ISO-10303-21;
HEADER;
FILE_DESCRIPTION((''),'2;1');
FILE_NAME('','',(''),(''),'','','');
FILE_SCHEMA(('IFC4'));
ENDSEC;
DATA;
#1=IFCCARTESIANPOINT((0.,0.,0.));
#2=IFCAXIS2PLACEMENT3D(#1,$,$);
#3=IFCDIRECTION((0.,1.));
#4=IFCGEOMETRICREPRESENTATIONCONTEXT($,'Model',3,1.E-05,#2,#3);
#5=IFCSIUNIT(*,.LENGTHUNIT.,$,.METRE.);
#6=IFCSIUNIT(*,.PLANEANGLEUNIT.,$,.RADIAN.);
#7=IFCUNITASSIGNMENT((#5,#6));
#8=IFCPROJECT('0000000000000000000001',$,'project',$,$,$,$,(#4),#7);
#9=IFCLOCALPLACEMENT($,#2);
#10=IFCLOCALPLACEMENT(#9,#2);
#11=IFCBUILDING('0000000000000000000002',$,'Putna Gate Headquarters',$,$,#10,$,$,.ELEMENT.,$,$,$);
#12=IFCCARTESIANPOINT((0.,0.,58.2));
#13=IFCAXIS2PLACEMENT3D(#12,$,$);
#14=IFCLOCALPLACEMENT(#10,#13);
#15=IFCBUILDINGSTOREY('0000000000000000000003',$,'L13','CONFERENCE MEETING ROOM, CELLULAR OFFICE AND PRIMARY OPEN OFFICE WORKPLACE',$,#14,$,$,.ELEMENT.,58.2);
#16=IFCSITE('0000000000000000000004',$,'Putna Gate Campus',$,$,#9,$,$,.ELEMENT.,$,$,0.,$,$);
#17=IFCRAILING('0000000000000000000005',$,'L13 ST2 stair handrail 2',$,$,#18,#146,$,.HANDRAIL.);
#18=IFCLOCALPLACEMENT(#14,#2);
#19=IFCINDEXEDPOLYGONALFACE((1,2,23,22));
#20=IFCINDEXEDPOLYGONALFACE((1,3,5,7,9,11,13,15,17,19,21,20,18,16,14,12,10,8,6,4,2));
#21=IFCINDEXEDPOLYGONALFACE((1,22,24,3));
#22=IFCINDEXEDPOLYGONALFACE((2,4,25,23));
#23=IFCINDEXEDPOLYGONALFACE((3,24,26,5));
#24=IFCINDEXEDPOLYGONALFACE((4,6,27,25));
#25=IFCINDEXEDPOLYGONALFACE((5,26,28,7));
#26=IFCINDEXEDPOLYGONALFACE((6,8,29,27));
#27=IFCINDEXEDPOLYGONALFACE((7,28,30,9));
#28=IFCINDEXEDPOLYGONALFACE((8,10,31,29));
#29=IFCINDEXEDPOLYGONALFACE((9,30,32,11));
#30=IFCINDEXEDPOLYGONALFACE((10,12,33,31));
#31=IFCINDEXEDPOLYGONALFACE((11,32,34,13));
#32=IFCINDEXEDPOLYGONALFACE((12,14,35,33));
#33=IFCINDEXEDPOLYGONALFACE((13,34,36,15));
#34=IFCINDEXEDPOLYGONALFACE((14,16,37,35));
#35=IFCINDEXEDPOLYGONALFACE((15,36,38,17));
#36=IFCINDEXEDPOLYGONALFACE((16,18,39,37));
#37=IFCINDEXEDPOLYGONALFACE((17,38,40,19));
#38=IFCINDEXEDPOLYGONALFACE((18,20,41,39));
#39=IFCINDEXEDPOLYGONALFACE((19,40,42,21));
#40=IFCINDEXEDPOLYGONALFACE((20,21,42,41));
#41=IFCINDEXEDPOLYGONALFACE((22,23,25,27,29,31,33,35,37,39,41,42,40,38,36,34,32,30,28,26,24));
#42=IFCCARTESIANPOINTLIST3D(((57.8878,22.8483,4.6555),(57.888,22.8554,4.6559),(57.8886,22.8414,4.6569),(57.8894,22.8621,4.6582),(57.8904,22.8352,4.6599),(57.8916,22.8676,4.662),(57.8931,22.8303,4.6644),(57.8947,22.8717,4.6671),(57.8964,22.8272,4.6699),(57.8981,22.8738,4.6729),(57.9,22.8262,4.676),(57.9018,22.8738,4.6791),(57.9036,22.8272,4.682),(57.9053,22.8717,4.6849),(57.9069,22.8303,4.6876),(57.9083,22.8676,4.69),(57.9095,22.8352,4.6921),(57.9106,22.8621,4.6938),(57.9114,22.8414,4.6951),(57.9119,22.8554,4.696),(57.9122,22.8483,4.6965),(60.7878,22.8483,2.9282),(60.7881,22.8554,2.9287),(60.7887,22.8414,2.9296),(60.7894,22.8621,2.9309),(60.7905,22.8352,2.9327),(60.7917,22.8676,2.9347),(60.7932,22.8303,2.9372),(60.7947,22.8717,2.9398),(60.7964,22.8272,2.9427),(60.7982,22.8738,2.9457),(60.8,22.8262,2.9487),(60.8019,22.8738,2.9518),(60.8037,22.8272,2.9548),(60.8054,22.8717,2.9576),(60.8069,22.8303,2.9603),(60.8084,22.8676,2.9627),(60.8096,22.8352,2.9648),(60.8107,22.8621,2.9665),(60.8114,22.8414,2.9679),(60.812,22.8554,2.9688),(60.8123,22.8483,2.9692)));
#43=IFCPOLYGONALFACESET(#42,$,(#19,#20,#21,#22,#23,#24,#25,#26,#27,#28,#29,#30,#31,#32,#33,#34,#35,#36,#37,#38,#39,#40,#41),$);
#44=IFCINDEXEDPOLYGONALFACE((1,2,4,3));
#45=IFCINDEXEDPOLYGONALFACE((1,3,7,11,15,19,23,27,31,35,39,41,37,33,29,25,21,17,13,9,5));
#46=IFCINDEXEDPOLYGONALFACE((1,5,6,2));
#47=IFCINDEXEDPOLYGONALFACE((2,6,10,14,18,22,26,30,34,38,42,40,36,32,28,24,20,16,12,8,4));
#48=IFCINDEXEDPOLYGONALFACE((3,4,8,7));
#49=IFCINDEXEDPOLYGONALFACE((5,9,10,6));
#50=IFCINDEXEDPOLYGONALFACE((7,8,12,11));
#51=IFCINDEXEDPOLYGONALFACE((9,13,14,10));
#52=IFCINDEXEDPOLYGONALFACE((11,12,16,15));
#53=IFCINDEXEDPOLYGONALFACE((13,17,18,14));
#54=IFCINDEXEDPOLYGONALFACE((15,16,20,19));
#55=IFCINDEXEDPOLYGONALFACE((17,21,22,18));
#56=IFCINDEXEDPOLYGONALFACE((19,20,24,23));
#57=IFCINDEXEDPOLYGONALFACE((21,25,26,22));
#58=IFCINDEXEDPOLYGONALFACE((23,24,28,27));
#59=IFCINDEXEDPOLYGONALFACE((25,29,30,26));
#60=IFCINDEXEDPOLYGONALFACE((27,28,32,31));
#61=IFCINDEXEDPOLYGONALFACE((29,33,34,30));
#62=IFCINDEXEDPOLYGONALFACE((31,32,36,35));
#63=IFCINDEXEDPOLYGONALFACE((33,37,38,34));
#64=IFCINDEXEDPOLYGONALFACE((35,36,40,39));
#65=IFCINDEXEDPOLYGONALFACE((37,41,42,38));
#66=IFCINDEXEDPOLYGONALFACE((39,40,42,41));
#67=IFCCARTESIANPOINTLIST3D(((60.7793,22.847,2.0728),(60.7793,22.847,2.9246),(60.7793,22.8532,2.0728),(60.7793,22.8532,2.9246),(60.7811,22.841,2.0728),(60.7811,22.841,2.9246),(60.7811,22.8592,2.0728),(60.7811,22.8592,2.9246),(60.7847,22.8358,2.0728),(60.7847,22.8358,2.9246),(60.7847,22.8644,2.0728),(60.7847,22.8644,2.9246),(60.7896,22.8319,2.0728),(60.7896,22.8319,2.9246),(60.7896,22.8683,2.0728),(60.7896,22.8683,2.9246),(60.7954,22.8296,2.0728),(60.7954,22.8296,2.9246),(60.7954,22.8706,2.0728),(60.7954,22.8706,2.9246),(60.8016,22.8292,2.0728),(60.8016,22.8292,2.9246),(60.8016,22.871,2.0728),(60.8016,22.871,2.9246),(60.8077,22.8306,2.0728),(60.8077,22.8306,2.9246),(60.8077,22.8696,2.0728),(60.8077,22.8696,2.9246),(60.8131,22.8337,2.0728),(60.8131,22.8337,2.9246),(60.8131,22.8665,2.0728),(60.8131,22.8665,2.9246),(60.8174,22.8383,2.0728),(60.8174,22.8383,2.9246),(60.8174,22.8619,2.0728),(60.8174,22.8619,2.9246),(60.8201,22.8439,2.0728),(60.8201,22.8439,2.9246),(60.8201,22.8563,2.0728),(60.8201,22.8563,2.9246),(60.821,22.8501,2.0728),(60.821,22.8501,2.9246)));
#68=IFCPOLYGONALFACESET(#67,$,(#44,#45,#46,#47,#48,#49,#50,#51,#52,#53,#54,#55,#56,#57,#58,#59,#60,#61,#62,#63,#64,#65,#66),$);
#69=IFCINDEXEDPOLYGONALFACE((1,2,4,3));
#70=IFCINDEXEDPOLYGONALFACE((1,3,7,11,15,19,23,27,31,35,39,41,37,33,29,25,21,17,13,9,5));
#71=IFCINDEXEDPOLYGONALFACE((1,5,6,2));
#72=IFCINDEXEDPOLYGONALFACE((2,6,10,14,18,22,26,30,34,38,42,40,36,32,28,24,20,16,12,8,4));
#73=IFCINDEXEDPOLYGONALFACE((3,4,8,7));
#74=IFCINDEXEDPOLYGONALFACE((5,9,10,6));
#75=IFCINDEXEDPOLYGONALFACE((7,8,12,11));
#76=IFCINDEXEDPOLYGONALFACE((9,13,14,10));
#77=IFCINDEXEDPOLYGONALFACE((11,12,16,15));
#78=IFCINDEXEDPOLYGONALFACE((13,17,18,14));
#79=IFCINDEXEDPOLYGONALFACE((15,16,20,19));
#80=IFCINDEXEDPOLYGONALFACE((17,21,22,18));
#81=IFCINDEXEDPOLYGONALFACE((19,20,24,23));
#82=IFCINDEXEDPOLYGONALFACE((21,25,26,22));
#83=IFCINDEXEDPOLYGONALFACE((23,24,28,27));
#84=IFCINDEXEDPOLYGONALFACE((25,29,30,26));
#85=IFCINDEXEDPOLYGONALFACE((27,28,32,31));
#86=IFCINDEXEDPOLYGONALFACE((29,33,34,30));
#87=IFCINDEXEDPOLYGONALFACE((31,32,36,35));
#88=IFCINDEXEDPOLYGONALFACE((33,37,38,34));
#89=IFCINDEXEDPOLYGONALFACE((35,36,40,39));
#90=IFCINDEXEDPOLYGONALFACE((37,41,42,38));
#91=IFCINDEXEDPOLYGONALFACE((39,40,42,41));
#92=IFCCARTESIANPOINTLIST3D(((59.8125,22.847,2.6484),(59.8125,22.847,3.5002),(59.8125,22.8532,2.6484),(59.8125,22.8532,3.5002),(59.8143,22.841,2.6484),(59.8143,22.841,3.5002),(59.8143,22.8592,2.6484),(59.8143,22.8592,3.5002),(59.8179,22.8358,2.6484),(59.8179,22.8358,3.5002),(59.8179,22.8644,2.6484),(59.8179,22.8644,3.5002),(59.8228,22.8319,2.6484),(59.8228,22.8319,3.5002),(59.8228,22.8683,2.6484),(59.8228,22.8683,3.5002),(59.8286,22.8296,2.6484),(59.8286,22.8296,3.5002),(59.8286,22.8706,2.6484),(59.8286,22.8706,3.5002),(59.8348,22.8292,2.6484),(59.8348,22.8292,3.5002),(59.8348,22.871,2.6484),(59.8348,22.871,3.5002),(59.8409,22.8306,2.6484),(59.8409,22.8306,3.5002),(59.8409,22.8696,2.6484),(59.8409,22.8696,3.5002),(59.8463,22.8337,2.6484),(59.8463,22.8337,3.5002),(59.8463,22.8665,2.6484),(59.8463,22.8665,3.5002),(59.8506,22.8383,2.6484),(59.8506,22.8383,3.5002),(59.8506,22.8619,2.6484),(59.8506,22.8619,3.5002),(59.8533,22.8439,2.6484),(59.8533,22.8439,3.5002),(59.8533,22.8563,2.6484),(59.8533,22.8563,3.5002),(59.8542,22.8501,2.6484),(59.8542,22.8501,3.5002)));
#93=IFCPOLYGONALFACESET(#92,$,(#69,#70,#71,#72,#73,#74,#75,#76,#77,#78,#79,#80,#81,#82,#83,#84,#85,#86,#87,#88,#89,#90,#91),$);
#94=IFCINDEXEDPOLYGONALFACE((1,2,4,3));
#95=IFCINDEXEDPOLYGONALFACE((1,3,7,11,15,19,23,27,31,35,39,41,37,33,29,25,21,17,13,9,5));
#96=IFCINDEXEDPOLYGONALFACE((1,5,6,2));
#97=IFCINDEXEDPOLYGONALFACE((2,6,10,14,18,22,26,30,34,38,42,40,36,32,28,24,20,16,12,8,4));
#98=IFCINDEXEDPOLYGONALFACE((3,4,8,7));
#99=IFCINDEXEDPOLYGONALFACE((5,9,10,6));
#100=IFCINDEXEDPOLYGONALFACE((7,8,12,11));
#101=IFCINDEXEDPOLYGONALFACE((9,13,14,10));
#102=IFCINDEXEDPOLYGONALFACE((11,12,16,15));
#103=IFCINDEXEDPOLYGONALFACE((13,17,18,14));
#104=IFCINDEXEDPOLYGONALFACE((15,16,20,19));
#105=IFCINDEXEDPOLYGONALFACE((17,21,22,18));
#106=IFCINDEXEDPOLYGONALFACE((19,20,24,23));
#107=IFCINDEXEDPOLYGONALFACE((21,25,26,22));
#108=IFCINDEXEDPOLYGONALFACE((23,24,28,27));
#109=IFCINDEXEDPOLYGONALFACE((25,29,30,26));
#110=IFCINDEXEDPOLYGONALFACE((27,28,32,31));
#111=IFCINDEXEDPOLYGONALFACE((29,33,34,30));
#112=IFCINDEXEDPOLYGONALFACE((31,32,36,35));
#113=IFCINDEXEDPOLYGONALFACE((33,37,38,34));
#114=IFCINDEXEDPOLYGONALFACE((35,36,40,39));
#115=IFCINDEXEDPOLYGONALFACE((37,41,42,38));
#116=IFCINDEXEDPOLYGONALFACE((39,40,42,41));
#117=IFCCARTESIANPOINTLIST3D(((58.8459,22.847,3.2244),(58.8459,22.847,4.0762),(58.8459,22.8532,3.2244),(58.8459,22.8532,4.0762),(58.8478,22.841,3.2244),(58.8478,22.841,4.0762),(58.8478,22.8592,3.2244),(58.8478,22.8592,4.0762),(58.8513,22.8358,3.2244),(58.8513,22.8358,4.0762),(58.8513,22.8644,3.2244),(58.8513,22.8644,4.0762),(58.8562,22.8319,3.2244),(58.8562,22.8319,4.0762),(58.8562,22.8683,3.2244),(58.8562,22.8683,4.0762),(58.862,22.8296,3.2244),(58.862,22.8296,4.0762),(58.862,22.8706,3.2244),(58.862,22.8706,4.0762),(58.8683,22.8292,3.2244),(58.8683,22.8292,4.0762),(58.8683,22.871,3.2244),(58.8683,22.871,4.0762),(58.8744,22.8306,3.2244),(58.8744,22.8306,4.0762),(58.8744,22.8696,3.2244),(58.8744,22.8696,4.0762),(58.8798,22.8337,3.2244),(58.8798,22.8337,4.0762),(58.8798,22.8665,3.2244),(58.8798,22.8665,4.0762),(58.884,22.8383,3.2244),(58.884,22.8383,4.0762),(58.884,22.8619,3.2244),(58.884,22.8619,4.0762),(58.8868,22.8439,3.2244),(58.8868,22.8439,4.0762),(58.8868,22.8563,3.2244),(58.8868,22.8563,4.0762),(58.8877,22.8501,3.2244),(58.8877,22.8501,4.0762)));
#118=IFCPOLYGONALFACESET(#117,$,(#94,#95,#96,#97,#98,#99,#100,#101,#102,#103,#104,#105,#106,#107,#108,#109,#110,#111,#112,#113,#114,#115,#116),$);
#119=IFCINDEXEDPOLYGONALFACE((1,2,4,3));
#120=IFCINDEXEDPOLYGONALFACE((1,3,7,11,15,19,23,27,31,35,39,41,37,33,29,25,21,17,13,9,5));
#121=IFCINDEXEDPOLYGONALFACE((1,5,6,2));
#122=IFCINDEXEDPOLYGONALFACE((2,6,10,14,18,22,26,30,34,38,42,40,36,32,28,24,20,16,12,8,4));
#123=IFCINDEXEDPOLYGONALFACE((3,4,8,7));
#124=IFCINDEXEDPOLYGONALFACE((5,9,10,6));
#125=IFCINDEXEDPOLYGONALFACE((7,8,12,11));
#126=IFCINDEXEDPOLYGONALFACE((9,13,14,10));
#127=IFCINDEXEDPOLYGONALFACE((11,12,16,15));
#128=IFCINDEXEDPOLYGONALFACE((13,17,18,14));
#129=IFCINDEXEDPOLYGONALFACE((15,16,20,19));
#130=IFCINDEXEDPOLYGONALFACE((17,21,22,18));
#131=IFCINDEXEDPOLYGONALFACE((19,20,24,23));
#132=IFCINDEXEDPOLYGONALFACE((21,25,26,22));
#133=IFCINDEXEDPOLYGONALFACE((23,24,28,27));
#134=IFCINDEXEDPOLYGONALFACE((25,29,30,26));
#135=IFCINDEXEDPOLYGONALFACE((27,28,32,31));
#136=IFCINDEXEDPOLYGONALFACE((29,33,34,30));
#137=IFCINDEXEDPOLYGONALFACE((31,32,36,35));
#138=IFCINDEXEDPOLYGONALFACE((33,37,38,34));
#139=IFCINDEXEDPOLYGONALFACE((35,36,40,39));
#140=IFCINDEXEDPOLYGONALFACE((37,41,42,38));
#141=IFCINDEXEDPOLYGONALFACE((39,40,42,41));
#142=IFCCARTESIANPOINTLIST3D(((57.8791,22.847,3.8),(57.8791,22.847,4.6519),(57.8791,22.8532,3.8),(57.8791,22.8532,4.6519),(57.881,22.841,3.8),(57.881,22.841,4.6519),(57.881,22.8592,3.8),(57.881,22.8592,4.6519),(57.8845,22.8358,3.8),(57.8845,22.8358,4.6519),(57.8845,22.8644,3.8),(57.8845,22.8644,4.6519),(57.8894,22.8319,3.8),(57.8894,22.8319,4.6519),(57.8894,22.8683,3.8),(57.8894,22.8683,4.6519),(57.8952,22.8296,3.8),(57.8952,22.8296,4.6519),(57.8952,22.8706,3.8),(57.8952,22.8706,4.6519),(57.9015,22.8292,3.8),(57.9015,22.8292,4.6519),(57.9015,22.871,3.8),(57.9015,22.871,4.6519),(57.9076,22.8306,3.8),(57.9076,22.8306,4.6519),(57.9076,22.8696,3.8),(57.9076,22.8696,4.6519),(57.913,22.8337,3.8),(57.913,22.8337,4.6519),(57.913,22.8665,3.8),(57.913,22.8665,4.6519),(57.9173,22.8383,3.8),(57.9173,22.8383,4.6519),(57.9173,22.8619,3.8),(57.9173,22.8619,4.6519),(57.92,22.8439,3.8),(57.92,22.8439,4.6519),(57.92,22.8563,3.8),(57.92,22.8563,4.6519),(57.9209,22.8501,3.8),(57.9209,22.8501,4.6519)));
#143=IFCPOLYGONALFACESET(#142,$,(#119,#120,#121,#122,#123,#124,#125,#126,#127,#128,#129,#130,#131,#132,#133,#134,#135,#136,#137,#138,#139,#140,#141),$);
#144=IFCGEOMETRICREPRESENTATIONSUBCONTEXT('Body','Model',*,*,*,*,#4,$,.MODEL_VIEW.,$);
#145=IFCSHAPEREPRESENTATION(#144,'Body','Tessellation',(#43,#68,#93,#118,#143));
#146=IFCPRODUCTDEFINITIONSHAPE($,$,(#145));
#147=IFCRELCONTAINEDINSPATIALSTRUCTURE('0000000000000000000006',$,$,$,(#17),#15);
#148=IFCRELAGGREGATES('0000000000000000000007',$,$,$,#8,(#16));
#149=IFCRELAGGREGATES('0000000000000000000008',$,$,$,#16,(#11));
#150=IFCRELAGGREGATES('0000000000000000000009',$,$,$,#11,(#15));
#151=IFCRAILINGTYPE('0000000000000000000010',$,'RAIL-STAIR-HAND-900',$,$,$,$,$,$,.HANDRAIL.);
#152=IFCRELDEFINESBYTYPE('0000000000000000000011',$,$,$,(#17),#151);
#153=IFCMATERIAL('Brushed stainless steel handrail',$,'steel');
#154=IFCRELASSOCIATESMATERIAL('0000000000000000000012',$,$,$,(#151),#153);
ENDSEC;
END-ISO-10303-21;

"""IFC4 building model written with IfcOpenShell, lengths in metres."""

from ifc_helpers import new_model, si_unit, direction, frame, origin, origin_2d, place, context, subcontext, project, spatial, circle, extrude, material, type_object, element, save


model = new_model("IFC4")

# Units and contexts
model_context = context("Model", 3, precision=1e-05, world=origin(), true_north=direction((0.0, 1.0)))
body_context = subcontext(model_context, "Body", "Model", "MODEL_VIEW")
ifc_project = project(units=[si_unit("LENGTHUNIT", "METRE"), si_unit("PLANEANGLEUNIT", "RADIAN")], contexts=[model_context])

# Site, building, storey
site_placement = place(None, origin())
site = spatial("IfcSite", under=ifc_project, at=site_placement, Name="Putna Gate Campus", CompositionType="ELEMENT", RefElevation=0.0)
building_placement = place(site_placement, origin())
building = spatial("IfcBuilding", under=site, at=building_placement, Name="Putna Gate Headquarters", CompositionType="ELEMENT")
storey_placement = place(building_placement, frame((0.0, 0.0, 58.2)))
storey = spatial("IfcBuildingStorey", under=building, at=storey_placement, Name="L13", Description="CONFERENCE MEETING ROOM, CELLULAR OFFICE AND PRIMARY OPEN OFFICE WORKPLACE", CompositionType="ELEMENT", Elevation=58.2)

# Railing
ifc_material_1 = material(Name="Brushed stainless steel handrail", Category="steel")
railing_type_1 = type_object("IfcRailingType", Name="RAIL-STAIR-HAND-900", PredefinedType="HANDRAIL", material=ifc_material_1)
railing_1_placement = place(storey_placement, frame((60.8, 22.8501, 2.0728)))
element("IfcRailing", 1, at=railing_1_placement, inside=storey, type_object=railing_type_1, Name="L13 ST2 stair handrail 2", PredefinedType="HANDRAIL", context=body_context, shape_type="SweptSolid", body=[
    extrude(circle(Radius=0.0239, at=origin_2d()), frame((0.0, 0.0, 0.876), z_axis=(-0.85916, 0.0, 0.511706), x_axis=(0.0, -1.0, 0.0)), (0.0, 0.0, 1.0), 3.3755),
    extrude(circle(Radius=0.021, at=origin_2d()), origin(), (0.0, 0.0, 1.0), 0.8518),
    extrude(circle(Radius=0.021, at=origin_2d()), frame((-0.9668, 0.0, 0.5757)), (0.0, 0.0, 1.0), 0.8518),
    extrude(circle(Radius=0.021, at=origin_2d()), frame((-1.9333, 0.0, 1.1516)), (0.0, 0.0, 1.0), 0.8518),
    extrude(circle(Radius=0.021, at=origin_2d()), frame((-2.9001, 0.0, 1.7273)), (0.0, 0.0, 1.0), 0.8518),
])

save(model, "model.ifc")
